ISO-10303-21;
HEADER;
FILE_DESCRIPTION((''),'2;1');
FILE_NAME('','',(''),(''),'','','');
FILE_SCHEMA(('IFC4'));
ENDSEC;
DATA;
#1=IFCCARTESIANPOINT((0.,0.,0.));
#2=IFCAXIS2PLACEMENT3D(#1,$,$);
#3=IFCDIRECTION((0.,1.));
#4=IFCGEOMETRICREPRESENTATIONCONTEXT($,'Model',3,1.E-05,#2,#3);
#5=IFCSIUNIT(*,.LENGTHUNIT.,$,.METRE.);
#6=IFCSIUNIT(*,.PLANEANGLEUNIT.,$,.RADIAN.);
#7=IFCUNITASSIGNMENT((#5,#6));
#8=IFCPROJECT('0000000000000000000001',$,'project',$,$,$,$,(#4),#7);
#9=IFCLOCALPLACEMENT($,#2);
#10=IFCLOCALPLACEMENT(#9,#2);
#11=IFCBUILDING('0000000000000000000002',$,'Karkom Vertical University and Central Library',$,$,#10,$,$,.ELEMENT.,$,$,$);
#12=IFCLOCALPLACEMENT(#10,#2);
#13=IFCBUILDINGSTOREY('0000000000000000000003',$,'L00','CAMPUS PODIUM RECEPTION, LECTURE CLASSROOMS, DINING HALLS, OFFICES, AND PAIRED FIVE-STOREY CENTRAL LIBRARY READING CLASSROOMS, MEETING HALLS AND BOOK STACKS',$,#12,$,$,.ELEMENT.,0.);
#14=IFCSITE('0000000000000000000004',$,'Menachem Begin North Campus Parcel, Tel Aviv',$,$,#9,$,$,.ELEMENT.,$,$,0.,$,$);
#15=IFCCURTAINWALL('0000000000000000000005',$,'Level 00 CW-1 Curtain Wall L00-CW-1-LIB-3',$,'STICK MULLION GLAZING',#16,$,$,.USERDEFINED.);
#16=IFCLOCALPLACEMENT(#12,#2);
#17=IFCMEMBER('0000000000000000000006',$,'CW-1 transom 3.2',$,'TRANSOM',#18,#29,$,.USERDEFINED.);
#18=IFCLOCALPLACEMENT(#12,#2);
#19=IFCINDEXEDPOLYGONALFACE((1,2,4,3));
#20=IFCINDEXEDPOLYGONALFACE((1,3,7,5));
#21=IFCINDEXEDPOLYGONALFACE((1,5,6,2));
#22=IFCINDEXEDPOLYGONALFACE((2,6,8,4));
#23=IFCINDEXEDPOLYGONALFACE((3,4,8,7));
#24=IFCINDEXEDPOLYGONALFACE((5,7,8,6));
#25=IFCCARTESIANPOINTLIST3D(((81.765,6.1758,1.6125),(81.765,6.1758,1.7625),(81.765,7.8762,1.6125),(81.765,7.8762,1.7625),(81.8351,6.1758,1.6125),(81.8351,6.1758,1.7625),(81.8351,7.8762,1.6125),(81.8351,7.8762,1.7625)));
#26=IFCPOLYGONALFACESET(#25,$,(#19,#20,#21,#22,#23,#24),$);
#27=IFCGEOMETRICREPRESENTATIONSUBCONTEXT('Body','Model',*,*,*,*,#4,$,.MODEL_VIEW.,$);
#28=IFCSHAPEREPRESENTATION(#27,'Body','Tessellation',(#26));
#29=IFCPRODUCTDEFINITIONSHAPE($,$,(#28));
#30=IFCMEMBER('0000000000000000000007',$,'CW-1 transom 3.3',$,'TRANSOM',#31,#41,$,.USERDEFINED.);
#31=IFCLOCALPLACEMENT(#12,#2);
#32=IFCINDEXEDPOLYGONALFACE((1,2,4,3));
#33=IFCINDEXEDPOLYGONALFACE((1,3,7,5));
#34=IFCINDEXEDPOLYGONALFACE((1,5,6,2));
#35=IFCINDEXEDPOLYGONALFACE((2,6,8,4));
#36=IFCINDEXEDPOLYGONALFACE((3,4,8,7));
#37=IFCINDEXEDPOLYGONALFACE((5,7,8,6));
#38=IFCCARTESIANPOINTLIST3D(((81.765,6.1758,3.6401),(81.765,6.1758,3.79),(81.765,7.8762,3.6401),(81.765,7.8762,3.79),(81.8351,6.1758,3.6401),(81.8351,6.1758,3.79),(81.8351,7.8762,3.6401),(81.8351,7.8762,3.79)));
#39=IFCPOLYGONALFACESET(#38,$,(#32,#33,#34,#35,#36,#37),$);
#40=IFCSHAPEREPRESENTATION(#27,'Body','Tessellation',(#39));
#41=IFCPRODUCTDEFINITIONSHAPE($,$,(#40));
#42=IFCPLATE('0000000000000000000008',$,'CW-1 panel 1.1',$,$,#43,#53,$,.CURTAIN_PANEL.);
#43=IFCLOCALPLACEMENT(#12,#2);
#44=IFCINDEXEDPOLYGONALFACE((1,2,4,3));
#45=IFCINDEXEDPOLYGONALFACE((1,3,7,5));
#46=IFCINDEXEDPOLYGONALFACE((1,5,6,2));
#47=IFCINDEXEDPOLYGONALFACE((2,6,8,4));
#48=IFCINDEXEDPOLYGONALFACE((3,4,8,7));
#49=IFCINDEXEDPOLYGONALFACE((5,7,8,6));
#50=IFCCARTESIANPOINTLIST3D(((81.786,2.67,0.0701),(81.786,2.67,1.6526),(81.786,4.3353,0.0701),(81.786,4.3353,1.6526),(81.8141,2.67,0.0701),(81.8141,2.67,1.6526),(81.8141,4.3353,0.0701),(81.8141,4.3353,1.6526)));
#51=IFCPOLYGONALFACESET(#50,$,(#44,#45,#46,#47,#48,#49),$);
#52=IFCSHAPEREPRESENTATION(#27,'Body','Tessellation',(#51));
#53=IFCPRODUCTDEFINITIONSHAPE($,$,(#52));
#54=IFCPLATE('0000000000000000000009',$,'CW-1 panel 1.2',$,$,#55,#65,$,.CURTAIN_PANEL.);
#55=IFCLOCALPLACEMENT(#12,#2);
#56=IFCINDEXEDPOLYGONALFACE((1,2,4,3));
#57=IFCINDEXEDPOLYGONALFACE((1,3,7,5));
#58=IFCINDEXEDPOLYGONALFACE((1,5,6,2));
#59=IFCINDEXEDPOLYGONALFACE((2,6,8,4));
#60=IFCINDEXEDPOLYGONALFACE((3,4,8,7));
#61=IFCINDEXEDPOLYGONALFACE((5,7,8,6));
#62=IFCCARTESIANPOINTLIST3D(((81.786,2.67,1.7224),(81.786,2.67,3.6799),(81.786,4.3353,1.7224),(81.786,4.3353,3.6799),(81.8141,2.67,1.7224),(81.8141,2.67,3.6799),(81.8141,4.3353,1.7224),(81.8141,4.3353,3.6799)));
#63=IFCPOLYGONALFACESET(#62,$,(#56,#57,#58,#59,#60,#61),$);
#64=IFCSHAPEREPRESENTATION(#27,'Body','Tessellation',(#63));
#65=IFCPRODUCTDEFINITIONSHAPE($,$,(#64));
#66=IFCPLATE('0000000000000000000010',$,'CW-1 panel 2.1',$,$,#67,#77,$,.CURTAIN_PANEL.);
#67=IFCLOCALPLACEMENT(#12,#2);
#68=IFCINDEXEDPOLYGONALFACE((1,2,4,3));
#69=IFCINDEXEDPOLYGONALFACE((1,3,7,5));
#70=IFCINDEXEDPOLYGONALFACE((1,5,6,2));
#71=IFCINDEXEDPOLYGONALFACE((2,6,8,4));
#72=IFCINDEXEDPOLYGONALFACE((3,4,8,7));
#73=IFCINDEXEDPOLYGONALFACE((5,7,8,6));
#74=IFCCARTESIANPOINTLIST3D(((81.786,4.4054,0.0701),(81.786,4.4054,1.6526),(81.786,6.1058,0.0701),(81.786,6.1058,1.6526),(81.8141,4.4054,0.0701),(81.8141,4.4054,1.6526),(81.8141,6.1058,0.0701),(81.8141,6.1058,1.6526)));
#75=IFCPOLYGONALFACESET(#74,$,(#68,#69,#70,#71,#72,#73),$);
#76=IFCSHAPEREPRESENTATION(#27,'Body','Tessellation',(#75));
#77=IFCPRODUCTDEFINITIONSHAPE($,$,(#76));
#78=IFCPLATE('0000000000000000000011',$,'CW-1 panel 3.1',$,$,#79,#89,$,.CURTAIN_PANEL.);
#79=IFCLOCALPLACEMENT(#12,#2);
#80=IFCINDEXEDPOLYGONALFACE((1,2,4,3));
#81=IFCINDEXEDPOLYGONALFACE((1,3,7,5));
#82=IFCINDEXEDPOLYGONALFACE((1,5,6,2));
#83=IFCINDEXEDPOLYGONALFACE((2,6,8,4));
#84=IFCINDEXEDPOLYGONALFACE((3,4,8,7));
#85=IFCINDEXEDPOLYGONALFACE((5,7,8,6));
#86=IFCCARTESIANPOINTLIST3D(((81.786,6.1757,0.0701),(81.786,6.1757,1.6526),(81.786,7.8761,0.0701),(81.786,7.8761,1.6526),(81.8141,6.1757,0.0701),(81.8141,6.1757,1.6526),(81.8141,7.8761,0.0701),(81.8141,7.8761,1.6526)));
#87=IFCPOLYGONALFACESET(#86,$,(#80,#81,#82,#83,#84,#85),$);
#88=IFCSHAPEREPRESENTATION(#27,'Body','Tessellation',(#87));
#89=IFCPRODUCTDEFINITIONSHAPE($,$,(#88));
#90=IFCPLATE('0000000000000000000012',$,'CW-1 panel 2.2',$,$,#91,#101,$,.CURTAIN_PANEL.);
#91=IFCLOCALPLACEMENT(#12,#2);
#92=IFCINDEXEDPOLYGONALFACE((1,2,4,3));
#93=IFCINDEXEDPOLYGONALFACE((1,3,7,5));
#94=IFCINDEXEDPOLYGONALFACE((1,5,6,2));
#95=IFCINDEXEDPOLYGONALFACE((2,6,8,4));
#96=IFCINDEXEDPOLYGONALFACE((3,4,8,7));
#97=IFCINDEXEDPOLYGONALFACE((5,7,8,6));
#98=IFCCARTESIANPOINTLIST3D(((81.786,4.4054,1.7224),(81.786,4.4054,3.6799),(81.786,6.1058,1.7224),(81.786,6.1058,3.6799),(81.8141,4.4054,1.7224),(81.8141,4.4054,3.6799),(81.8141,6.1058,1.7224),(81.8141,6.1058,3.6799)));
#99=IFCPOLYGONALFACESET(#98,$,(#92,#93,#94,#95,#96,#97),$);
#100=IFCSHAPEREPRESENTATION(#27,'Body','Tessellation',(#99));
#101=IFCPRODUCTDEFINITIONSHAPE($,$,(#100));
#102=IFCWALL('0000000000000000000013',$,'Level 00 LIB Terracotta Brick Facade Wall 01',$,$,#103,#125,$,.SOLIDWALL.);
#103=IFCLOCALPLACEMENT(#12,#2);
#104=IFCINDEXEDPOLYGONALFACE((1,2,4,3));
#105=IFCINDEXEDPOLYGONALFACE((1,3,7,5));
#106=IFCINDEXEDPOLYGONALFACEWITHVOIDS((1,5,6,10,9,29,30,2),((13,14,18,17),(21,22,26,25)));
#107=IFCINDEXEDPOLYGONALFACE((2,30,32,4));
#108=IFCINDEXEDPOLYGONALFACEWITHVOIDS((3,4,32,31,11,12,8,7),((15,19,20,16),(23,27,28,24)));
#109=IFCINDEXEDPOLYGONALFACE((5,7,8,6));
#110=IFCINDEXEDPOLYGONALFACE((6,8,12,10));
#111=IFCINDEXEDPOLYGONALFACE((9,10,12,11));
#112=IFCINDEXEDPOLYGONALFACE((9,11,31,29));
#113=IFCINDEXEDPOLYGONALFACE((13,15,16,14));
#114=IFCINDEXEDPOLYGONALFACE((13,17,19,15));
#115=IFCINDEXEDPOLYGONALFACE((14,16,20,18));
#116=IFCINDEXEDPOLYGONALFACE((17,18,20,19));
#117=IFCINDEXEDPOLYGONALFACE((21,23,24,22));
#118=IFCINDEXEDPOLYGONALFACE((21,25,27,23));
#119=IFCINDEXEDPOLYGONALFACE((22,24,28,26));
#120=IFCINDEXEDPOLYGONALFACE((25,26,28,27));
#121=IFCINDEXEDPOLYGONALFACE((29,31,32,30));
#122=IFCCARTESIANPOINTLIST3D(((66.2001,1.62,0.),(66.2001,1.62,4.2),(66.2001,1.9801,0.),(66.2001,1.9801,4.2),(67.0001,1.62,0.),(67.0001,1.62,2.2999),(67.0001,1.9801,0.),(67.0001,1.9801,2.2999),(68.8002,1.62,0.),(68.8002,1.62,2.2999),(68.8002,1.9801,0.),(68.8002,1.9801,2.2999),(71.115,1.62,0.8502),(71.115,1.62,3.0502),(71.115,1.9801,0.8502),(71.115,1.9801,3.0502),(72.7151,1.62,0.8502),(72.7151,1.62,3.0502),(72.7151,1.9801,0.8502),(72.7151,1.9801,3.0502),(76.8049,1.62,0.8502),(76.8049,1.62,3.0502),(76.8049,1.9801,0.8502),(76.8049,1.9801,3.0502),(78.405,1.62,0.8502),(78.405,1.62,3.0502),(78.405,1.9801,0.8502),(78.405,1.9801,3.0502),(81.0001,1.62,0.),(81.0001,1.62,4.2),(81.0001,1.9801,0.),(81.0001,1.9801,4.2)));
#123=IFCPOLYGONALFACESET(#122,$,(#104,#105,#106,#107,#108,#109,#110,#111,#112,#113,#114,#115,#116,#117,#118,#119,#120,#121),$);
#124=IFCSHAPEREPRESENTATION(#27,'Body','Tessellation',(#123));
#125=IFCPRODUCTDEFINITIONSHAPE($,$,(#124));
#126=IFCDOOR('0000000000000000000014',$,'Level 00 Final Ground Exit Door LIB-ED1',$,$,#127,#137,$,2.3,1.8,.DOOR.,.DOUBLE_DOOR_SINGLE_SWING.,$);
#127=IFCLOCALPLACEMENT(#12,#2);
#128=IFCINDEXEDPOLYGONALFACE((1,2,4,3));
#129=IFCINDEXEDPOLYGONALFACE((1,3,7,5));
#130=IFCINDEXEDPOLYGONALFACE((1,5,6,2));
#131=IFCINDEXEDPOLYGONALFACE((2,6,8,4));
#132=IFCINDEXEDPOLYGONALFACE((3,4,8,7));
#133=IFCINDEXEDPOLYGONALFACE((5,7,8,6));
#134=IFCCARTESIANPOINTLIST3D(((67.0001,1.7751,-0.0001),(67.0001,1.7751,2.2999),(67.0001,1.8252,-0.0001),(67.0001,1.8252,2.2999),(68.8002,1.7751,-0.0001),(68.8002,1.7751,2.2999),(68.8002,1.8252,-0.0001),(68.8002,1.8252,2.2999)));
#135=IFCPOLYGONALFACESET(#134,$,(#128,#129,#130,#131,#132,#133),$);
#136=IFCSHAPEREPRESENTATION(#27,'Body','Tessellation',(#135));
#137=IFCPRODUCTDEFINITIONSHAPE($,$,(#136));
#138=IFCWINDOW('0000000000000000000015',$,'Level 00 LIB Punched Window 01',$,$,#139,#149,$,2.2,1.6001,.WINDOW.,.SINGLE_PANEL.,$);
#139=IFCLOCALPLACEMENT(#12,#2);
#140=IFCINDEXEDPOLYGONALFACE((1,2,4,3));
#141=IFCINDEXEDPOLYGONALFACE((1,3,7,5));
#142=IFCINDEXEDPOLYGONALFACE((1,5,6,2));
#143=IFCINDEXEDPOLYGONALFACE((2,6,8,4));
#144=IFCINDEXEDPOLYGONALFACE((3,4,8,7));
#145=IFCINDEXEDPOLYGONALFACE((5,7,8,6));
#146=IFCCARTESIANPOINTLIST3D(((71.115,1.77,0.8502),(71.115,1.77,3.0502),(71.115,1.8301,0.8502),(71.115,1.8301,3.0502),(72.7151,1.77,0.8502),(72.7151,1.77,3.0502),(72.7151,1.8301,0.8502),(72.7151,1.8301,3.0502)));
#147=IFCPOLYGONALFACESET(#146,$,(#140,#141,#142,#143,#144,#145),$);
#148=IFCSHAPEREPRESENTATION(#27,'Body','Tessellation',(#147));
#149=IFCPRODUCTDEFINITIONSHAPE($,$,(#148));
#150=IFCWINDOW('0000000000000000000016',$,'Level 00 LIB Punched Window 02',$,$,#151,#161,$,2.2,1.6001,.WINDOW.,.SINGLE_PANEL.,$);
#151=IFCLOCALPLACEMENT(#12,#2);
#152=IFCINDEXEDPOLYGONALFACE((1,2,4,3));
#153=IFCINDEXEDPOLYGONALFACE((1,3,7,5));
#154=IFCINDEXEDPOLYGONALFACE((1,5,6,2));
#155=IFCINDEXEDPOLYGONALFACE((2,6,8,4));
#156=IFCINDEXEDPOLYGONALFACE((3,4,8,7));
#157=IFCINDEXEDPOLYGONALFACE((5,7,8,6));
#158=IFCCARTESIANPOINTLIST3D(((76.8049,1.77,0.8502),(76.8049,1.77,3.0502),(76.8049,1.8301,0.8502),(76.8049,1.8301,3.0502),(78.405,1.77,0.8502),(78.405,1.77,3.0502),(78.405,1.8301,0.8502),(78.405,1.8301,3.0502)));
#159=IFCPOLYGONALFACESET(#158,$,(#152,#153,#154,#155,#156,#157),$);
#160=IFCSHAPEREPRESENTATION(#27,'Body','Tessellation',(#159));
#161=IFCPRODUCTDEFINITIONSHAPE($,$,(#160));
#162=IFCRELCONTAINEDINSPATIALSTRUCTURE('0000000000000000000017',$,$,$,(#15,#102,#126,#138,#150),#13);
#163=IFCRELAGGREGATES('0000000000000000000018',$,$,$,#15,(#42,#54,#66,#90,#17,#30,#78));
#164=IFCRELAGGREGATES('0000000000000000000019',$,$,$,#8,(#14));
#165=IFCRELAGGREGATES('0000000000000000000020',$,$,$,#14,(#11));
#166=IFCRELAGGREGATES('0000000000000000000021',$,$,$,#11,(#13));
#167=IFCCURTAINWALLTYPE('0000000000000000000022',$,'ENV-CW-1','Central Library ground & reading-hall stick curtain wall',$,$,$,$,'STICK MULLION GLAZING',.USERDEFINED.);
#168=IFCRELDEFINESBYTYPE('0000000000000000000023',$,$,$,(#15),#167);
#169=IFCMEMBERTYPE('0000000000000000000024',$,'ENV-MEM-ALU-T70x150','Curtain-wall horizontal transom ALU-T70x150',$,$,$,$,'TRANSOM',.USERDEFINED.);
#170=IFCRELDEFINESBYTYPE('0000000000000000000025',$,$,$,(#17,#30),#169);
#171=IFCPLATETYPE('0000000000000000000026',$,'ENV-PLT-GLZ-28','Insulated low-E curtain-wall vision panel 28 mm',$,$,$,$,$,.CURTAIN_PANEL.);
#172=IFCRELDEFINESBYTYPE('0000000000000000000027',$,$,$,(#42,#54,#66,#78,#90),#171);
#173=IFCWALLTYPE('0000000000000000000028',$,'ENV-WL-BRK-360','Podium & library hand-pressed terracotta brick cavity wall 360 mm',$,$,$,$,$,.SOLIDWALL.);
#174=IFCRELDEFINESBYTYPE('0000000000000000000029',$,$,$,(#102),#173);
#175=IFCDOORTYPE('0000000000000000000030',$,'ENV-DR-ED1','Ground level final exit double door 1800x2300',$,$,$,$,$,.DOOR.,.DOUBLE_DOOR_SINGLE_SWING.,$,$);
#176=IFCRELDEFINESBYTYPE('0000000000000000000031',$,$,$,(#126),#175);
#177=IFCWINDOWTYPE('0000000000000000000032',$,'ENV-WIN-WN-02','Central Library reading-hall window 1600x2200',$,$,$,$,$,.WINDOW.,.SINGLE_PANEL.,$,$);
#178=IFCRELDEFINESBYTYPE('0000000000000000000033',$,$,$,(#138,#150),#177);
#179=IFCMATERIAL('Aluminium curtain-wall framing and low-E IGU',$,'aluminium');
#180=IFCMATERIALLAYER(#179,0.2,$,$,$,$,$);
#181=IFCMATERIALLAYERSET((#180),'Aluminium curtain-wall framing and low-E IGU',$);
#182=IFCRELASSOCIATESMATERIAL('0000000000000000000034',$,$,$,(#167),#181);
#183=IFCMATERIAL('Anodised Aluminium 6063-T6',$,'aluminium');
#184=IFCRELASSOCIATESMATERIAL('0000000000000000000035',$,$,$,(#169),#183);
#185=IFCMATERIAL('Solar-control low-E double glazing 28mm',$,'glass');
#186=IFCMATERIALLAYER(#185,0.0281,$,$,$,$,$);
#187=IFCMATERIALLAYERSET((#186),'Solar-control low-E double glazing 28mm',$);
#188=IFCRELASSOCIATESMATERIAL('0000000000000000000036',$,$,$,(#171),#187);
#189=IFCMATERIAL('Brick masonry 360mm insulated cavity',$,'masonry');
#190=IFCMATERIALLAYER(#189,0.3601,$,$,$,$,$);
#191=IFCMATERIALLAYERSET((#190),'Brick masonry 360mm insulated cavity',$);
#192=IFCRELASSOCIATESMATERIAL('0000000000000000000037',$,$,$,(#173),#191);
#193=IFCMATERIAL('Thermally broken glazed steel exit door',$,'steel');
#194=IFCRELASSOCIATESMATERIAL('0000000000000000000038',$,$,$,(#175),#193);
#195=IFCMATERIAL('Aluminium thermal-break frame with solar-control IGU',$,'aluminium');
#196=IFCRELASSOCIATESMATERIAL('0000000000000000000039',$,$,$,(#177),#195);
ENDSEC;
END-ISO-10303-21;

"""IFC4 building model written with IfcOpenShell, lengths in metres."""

from ifc_helpers import new_model, si_unit, direction, frame, frame_2d, origin, origin_with_axes, origin_2d, place, context, subcontext, project, spatial, rectangle, extrude, source, transform, mapped, material, layer, layer_set, material_profile, profile_set, type_object, element, fill, aggregate, save


model = new_model("IFC4")

# Units and contexts
model_context = context("Model", 3, precision=1e-05, world=origin(), true_north=direction((0.0, 1.0)))
body_context = subcontext(model_context, "Body", "Model", "MODEL_VIEW")
ifc_project = project(units=[si_unit("LENGTHUNIT", "METRE"), si_unit("PLANEANGLEUNIT", "RADIAN")], contexts=[model_context])

# Site, building, storey
site_placement = place(None, origin())
site = spatial("IfcSite", under=ifc_project, at=site_placement, Name="Menachem Begin North Campus Parcel, Tel Aviv", CompositionType="ELEMENT", RefElevation=0.0)
building_placement = place(site_placement, origin())
building = spatial("IfcBuilding", under=site, at=building_placement, Name="Karkom Vertical University and Central Library", CompositionType="ELEMENT")
storey_placement = place(building_placement, origin())
storey = spatial("IfcBuildingStorey", under=building, at=storey_placement, Name="L00", Description="CAMPUS PODIUM RECEPTION, LECTURE CLASSROOMS, DINING HALLS, OFFICES, AND PAIRED FIVE-STOREY CENTRAL LIBRARY READING CLASSROOMS, MEETING HALLS AND BOOK STACKS", CompositionType="ELEMENT", Elevation=0.0)

# Curtain wall, members, plates
ifc_material_1 = material(Name="Aluminium curtain-wall framing and low-E IGU", Category="aluminium")
ifc_layer_1 = layer(ifc_material_1, 0.2)
ifc_layer_set_1 = layer_set([ifc_layer_1], Name="Aluminium curtain-wall framing and low-E IGU")
curtain_wall_type = type_object("IfcCurtainWallType", Name="ENV-CW-1", Description="Central Library ground & reading-hall stick curtain wall", ElementType="STICK MULLION GLAZING", PredefinedType="USERDEFINED", material=ifc_layer_set_1)
curtain_wall_placement = place(storey_placement, origin())
curtain_wall = element("IfcCurtainWall", 1, at=curtain_wall_placement, inside=storey, type_object=curtain_wall_type, Name="Level 00 CW-1 Curtain Wall L00-CW-1-LIB-3", ObjectType="STICK MULLION GLAZING", PredefinedType="USERDEFINED")
ifc_material_2 = material(Name="Anodised Aluminium 6063-T6", Category="aluminium")
ifc_material_profile_1 = material_profile(ifc_material_2, rectangle(XDim=0.0701, YDim=0.1499, at=origin_2d()), Name="ALU-T70x150")
ifc_profile_set_1 = profile_set([ifc_material_profile_1], Name="Anodised Aluminium 6063-T6")
member_type_1 = type_object("IfcMemberType", Name="ENV-MEM-ALU-T70x150", Description="Curtain-wall horizontal transom ALU-T70x150", ElementType="TRANSOM", PredefinedType="USERDEFINED", material=ifc_profile_set_1)
shared_shape_1 = source(origin_with_axes(), body_context, "Body", "SweptSolid", [
    extrude(rectangle(XDim=0.0701, YDim=0.1499, at=origin_2d()), origin(), (0.0, 0.0, 1.0), 1.7004),
])
member_1_placement = place(storey_placement, frame((81.8, 6.1758, 1.6875), z_axis=(0.0, 1.0, 0.0), x_axis=(-1.0, 0.0, 0.0)))
member_1 = element("IfcMember", 2, at=member_1_placement, type_object=member_type_1, Name="CW-1 transom 3.2", ObjectType="TRANSOM", PredefinedType="USERDEFINED", context=body_context, shape_type="MappedRepresentation", body=[
    mapped(shared_shape_1, transform((0.0, 0.0, 0.0), scale=1.0)),
])
member_2_placement = place(storey_placement, frame((81.8, 6.1758, 3.7151), z_axis=(0.0, 1.0, 0.0), x_axis=(-1.0, 0.0, 0.0)))
member_2 = element("IfcMember", 3, at=member_2_placement, type_object=member_type_1, Name="CW-1 transom 3.3", ObjectType="TRANSOM", PredefinedType="USERDEFINED", context=body_context, shape_type="MappedRepresentation", body=[
    mapped(shared_shape_1, transform((0.0, 0.0, 0.0), scale=1.0)),
])
ifc_material_3 = material(Name="Solar-control low-E double glazing 28mm", Category="glass")
ifc_layer_2 = layer(ifc_material_3, 0.0281)
ifc_layer_set_2 = layer_set([ifc_layer_2], Name="Solar-control low-E double glazing 28mm")
plate_type = type_object("IfcPlateType", Name="ENV-PLT-GLZ-28", Description="Insulated low-E curtain-wall vision panel 28 mm", PredefinedType="CURTAIN_PANEL", material=ifc_layer_set_2)
shared_shape_2 = source(origin_with_axes(), body_context, "Body", "SweptSolid", [
    extrude(rectangle(XDim=1.6653, YDim=0.0281, at=origin_2d()), origin(), (0.0, 0.0, 1.0), 1.5825),
])
plate_1_placement = place(storey_placement, frame((81.8, 3.5027, 0.0701), z_axis=(0.0, 0.0, 1.0), x_axis=(0.0, 1.0, 0.0)))
plate_1 = element("IfcPlate", 4, at=plate_1_placement, type_object=plate_type, Name="CW-1 panel 1.1", PredefinedType="CURTAIN_PANEL", context=body_context, shape_type="MappedRepresentation", body=[
    mapped(shared_shape_2, transform((0.0, 0.0, 0.0), scale=1.0)),
])
shared_shape_3 = source(origin_with_axes(), body_context, "Body", "SweptSolid", [
    extrude(rectangle(XDim=1.6653, YDim=0.0281, at=origin_2d()), origin(), (0.0, 0.0, 1.0), 1.9575),
])
plate_2_placement = place(storey_placement, frame((81.8, 3.5027, 1.7224), z_axis=(0.0, 0.0, 1.0), x_axis=(0.0, 1.0, 0.0)))
plate_2 = element("IfcPlate", 5, at=plate_2_placement, type_object=plate_type, Name="CW-1 panel 1.2", PredefinedType="CURTAIN_PANEL", context=body_context, shape_type="MappedRepresentation", body=[
    mapped(shared_shape_3, transform((0.0, 0.0, 0.0), scale=1.0)),
])
shared_shape_4 = source(origin_with_axes(), body_context, "Body", "SweptSolid", [
    extrude(rectangle(XDim=1.7004, YDim=0.0281, at=origin_2d()), origin(), (0.0, 0.0, 1.0), 1.5825),
])
plate_3_placement = place(storey_placement, frame((81.8, 5.2556, 0.0701), z_axis=(0.0, 0.0, 1.0), x_axis=(0.0, 1.0, 0.0)))
plate_3 = element("IfcPlate", 6, at=plate_3_placement, type_object=plate_type, Name="CW-1 panel 2.1", PredefinedType="CURTAIN_PANEL", context=body_context, shape_type="MappedRepresentation", body=[
    mapped(shared_shape_4, transform((0.0, 0.0, 0.0), scale=1.0)),
])
plate_4_placement = place(storey_placement, frame((81.8, 7.0259, 0.0701), z_axis=(0.0, 0.0, 1.0), x_axis=(0.0, 1.0, 0.0)))
plate_4 = element("IfcPlate", 7, at=plate_4_placement, type_object=plate_type, Name="CW-1 panel 3.1", PredefinedType="CURTAIN_PANEL", context=body_context, shape_type="MappedRepresentation", body=[
    mapped(shared_shape_4, transform((0.0, 0.0, 0.0), scale=1.0)),
])
shared_shape_5 = source(origin_with_axes(), body_context, "Body", "SweptSolid", [
    extrude(rectangle(XDim=1.7004, YDim=0.0281, at=origin_2d()), origin(), (0.0, 0.0, 1.0), 1.9575),
])
plate_5_placement = place(storey_placement, frame((81.8, 5.2556, 1.7224), z_axis=(0.0, 0.0, 1.0), x_axis=(0.0, 1.0, 0.0)))
plate_5 = element("IfcPlate", 8, at=plate_5_placement, type_object=plate_type, Name="CW-1 panel 2.2", PredefinedType="CURTAIN_PANEL", context=body_context, shape_type="MappedRepresentation", body=[
    mapped(shared_shape_5, transform((0.0, 0.0, 0.0), scale=1.0)),
])
aggregate(curtain_wall, [plate_1, plate_2, plate_3, plate_5, member_1, member_2, plate_4])

# Wall, openings, door, windows
ifc_material_4 = material(Name="Brick masonry 360mm insulated cavity", Category="masonry")
ifc_layer_3 = layer(ifc_material_4, 0.3601)
ifc_layer_set_3 = layer_set([ifc_layer_3], Name="Brick masonry 360mm insulated cavity")
wall_type_1 = type_object("IfcWallType", Name="ENV-WL-BRK-360", Description="Podium & library hand-pressed terracotta brick cavity wall 360 mm", PredefinedType="SOLIDWALL", material=ifc_layer_set_3)
wall_1_placement = place(storey_placement, frame((81.0, 1.8, 0.0), z_axis=(0.0, 0.0, 1.0), x_axis=(-1.0, 0.0, 0.0)))
wall_1 = element("IfcWall", 9, at=wall_1_placement, inside=storey, type_object=wall_type_1, Name="Level 00 LIB Terracotta Brick Facade Wall 01", PredefinedType="SOLIDWALL", context=body_context, shape_type="SweptSolid", body=[
    extrude(rectangle(XDim=14.8, YDim=0.3601, at=frame_2d((7.3999, 0.0))), origin(), (0.0, 0.0, 1.0), 4.2),
])
opening_1_placement = place(wall_1_placement, frame((8.2849, 0.0, 0.8501)))
opening_1 = element("IfcOpeningElement", 10, at=opening_1_placement, cuts=wall_1, PredefinedType="OPENING", context=body_context, shape_type="SweptSolid", body=[
    extrude(rectangle(XDim=1.6001, YDim=2.2, at=frame_2d((0.8, 1.1001))), frame((0.0, 0.1899, 0.0), z_axis=(0.0, -1.0, 0.0), x_axis=(1.0, 0.0, 0.0)), (0.0, 0.0, 1.0), 0.3801),
])
opening_2_placement = place(wall_1_placement, frame((2.595, 0.0, 0.8501)))
opening_2 = element("IfcOpeningElement", 11, at=opening_2_placement, cuts=wall_1, PredefinedType="OPENING", context=body_context, shape_type="SweptSolid", body=[
    extrude(rectangle(XDim=1.6001, YDim=2.2, at=frame_2d((0.8, 1.1001))), frame((0.0, 0.1899, 0.0), z_axis=(0.0, -1.0, 0.0), x_axis=(1.0, 0.0, 0.0)), (0.0, 0.0, 1.0), 0.3801),
])
opening_3_placement = place(wall_1_placement, frame((12.2, 0.0, 0.0)))
opening_3 = element("IfcOpeningElement", 12, at=opening_3_placement, cuts=wall_1, PredefinedType="OPENING", context=body_context, shape_type="SweptSolid", body=[
    extrude(rectangle(XDim=1.8, YDim=2.3, at=frame_2d((0.8999, 1.1499))), frame((0.0, 0.1899, 0.0), z_axis=(0.0, -1.0, 0.0), x_axis=(1.0, 0.0, 0.0)), (0.0, 0.0, 1.0), 0.3801),
])
ifc_material_5 = material(Name="Thermally broken glazed steel exit door", Category="steel")
door_type = type_object("IfcDoorType", Name="ENV-DR-ED1", Description="Ground level final exit double door 1800x2300", OperationType="DOUBLE_DOOR_SINGLE_SWING", PredefinedType="DOOR", material=ifc_material_5)
shared_shape_6 = source(origin_with_axes(), body_context, "Body", "SweptSolid", [
    extrude(rectangle(XDim=1.8, YDim=2.3, at=frame_2d((0.8999, 1.1499))), frame((0.0, 0.0249, 0.0), z_axis=(0.0, -1.0, 0.0), x_axis=(1.0, 0.0, 0.0)), (0.0, 0.0, 1.0), 0.05),
])
door_placement = place(opening_3_placement, origin())
door = element("IfcDoor", 13, at=door_placement, inside=storey, type_object=door_type, Name="Level 00 Final Ground Exit Door LIB-ED1", OperationType="DOUBLE_DOOR_SINGLE_SWING", OverallHeight=2.3, OverallWidth=1.8, PredefinedType="DOOR", context=body_context, shape_type="MappedRepresentation", body=[
    mapped(shared_shape_6, transform((0.0, 0.0, 0.0), scale=1.0)),
])
fill(opening_3, door)
ifc_material_6 = material(Name="Aluminium thermal-break frame with solar-control IGU", Category="aluminium")
window_type = type_object("IfcWindowType", Name="ENV-WIN-WN-02", Description="Central Library reading-hall window 1600x2200", PartitioningType="SINGLE_PANEL", PredefinedType="WINDOW", material=ifc_material_6)
shared_shape_7 = source(origin_with_axes(), body_context, "Body", "SweptSolid", [
    extrude(rectangle(XDim=1.6001, YDim=2.2, at=frame_2d((0.8, 1.1001))), frame((0.0, 0.03, 0.0), z_axis=(0.0, -1.0, 0.0), x_axis=(1.0, 0.0, 0.0)), (0.0, 0.0, 1.0), 0.0601),
])
window_1_placement = place(opening_1_placement, origin())
window_1 = element("IfcWindow", 14, at=window_1_placement, inside=storey, type_object=window_type, Name="Level 00 LIB Punched Window 01", OverallHeight=2.2, OverallWidth=1.6001, PartitioningType="SINGLE_PANEL", PredefinedType="WINDOW", context=body_context, shape_type="MappedRepresentation", body=[
    mapped(shared_shape_7, transform((0.0, 0.0, 0.0), scale=1.0)),
])
fill(opening_1, window_1)
window_2_placement = place(opening_2_placement, origin())
window_2 = element("IfcWindow", 15, at=window_2_placement, inside=storey, type_object=window_type, Name="Level 00 LIB Punched Window 02", OverallHeight=2.2, OverallWidth=1.6001, PartitioningType="SINGLE_PANEL", PredefinedType="WINDOW", context=body_context, shape_type="MappedRepresentation", body=[
    mapped(shared_shape_7, transform((0.0, 0.0, 0.0), scale=1.0)),
])
fill(opening_2, window_2)

save(model, "model.ifc")
